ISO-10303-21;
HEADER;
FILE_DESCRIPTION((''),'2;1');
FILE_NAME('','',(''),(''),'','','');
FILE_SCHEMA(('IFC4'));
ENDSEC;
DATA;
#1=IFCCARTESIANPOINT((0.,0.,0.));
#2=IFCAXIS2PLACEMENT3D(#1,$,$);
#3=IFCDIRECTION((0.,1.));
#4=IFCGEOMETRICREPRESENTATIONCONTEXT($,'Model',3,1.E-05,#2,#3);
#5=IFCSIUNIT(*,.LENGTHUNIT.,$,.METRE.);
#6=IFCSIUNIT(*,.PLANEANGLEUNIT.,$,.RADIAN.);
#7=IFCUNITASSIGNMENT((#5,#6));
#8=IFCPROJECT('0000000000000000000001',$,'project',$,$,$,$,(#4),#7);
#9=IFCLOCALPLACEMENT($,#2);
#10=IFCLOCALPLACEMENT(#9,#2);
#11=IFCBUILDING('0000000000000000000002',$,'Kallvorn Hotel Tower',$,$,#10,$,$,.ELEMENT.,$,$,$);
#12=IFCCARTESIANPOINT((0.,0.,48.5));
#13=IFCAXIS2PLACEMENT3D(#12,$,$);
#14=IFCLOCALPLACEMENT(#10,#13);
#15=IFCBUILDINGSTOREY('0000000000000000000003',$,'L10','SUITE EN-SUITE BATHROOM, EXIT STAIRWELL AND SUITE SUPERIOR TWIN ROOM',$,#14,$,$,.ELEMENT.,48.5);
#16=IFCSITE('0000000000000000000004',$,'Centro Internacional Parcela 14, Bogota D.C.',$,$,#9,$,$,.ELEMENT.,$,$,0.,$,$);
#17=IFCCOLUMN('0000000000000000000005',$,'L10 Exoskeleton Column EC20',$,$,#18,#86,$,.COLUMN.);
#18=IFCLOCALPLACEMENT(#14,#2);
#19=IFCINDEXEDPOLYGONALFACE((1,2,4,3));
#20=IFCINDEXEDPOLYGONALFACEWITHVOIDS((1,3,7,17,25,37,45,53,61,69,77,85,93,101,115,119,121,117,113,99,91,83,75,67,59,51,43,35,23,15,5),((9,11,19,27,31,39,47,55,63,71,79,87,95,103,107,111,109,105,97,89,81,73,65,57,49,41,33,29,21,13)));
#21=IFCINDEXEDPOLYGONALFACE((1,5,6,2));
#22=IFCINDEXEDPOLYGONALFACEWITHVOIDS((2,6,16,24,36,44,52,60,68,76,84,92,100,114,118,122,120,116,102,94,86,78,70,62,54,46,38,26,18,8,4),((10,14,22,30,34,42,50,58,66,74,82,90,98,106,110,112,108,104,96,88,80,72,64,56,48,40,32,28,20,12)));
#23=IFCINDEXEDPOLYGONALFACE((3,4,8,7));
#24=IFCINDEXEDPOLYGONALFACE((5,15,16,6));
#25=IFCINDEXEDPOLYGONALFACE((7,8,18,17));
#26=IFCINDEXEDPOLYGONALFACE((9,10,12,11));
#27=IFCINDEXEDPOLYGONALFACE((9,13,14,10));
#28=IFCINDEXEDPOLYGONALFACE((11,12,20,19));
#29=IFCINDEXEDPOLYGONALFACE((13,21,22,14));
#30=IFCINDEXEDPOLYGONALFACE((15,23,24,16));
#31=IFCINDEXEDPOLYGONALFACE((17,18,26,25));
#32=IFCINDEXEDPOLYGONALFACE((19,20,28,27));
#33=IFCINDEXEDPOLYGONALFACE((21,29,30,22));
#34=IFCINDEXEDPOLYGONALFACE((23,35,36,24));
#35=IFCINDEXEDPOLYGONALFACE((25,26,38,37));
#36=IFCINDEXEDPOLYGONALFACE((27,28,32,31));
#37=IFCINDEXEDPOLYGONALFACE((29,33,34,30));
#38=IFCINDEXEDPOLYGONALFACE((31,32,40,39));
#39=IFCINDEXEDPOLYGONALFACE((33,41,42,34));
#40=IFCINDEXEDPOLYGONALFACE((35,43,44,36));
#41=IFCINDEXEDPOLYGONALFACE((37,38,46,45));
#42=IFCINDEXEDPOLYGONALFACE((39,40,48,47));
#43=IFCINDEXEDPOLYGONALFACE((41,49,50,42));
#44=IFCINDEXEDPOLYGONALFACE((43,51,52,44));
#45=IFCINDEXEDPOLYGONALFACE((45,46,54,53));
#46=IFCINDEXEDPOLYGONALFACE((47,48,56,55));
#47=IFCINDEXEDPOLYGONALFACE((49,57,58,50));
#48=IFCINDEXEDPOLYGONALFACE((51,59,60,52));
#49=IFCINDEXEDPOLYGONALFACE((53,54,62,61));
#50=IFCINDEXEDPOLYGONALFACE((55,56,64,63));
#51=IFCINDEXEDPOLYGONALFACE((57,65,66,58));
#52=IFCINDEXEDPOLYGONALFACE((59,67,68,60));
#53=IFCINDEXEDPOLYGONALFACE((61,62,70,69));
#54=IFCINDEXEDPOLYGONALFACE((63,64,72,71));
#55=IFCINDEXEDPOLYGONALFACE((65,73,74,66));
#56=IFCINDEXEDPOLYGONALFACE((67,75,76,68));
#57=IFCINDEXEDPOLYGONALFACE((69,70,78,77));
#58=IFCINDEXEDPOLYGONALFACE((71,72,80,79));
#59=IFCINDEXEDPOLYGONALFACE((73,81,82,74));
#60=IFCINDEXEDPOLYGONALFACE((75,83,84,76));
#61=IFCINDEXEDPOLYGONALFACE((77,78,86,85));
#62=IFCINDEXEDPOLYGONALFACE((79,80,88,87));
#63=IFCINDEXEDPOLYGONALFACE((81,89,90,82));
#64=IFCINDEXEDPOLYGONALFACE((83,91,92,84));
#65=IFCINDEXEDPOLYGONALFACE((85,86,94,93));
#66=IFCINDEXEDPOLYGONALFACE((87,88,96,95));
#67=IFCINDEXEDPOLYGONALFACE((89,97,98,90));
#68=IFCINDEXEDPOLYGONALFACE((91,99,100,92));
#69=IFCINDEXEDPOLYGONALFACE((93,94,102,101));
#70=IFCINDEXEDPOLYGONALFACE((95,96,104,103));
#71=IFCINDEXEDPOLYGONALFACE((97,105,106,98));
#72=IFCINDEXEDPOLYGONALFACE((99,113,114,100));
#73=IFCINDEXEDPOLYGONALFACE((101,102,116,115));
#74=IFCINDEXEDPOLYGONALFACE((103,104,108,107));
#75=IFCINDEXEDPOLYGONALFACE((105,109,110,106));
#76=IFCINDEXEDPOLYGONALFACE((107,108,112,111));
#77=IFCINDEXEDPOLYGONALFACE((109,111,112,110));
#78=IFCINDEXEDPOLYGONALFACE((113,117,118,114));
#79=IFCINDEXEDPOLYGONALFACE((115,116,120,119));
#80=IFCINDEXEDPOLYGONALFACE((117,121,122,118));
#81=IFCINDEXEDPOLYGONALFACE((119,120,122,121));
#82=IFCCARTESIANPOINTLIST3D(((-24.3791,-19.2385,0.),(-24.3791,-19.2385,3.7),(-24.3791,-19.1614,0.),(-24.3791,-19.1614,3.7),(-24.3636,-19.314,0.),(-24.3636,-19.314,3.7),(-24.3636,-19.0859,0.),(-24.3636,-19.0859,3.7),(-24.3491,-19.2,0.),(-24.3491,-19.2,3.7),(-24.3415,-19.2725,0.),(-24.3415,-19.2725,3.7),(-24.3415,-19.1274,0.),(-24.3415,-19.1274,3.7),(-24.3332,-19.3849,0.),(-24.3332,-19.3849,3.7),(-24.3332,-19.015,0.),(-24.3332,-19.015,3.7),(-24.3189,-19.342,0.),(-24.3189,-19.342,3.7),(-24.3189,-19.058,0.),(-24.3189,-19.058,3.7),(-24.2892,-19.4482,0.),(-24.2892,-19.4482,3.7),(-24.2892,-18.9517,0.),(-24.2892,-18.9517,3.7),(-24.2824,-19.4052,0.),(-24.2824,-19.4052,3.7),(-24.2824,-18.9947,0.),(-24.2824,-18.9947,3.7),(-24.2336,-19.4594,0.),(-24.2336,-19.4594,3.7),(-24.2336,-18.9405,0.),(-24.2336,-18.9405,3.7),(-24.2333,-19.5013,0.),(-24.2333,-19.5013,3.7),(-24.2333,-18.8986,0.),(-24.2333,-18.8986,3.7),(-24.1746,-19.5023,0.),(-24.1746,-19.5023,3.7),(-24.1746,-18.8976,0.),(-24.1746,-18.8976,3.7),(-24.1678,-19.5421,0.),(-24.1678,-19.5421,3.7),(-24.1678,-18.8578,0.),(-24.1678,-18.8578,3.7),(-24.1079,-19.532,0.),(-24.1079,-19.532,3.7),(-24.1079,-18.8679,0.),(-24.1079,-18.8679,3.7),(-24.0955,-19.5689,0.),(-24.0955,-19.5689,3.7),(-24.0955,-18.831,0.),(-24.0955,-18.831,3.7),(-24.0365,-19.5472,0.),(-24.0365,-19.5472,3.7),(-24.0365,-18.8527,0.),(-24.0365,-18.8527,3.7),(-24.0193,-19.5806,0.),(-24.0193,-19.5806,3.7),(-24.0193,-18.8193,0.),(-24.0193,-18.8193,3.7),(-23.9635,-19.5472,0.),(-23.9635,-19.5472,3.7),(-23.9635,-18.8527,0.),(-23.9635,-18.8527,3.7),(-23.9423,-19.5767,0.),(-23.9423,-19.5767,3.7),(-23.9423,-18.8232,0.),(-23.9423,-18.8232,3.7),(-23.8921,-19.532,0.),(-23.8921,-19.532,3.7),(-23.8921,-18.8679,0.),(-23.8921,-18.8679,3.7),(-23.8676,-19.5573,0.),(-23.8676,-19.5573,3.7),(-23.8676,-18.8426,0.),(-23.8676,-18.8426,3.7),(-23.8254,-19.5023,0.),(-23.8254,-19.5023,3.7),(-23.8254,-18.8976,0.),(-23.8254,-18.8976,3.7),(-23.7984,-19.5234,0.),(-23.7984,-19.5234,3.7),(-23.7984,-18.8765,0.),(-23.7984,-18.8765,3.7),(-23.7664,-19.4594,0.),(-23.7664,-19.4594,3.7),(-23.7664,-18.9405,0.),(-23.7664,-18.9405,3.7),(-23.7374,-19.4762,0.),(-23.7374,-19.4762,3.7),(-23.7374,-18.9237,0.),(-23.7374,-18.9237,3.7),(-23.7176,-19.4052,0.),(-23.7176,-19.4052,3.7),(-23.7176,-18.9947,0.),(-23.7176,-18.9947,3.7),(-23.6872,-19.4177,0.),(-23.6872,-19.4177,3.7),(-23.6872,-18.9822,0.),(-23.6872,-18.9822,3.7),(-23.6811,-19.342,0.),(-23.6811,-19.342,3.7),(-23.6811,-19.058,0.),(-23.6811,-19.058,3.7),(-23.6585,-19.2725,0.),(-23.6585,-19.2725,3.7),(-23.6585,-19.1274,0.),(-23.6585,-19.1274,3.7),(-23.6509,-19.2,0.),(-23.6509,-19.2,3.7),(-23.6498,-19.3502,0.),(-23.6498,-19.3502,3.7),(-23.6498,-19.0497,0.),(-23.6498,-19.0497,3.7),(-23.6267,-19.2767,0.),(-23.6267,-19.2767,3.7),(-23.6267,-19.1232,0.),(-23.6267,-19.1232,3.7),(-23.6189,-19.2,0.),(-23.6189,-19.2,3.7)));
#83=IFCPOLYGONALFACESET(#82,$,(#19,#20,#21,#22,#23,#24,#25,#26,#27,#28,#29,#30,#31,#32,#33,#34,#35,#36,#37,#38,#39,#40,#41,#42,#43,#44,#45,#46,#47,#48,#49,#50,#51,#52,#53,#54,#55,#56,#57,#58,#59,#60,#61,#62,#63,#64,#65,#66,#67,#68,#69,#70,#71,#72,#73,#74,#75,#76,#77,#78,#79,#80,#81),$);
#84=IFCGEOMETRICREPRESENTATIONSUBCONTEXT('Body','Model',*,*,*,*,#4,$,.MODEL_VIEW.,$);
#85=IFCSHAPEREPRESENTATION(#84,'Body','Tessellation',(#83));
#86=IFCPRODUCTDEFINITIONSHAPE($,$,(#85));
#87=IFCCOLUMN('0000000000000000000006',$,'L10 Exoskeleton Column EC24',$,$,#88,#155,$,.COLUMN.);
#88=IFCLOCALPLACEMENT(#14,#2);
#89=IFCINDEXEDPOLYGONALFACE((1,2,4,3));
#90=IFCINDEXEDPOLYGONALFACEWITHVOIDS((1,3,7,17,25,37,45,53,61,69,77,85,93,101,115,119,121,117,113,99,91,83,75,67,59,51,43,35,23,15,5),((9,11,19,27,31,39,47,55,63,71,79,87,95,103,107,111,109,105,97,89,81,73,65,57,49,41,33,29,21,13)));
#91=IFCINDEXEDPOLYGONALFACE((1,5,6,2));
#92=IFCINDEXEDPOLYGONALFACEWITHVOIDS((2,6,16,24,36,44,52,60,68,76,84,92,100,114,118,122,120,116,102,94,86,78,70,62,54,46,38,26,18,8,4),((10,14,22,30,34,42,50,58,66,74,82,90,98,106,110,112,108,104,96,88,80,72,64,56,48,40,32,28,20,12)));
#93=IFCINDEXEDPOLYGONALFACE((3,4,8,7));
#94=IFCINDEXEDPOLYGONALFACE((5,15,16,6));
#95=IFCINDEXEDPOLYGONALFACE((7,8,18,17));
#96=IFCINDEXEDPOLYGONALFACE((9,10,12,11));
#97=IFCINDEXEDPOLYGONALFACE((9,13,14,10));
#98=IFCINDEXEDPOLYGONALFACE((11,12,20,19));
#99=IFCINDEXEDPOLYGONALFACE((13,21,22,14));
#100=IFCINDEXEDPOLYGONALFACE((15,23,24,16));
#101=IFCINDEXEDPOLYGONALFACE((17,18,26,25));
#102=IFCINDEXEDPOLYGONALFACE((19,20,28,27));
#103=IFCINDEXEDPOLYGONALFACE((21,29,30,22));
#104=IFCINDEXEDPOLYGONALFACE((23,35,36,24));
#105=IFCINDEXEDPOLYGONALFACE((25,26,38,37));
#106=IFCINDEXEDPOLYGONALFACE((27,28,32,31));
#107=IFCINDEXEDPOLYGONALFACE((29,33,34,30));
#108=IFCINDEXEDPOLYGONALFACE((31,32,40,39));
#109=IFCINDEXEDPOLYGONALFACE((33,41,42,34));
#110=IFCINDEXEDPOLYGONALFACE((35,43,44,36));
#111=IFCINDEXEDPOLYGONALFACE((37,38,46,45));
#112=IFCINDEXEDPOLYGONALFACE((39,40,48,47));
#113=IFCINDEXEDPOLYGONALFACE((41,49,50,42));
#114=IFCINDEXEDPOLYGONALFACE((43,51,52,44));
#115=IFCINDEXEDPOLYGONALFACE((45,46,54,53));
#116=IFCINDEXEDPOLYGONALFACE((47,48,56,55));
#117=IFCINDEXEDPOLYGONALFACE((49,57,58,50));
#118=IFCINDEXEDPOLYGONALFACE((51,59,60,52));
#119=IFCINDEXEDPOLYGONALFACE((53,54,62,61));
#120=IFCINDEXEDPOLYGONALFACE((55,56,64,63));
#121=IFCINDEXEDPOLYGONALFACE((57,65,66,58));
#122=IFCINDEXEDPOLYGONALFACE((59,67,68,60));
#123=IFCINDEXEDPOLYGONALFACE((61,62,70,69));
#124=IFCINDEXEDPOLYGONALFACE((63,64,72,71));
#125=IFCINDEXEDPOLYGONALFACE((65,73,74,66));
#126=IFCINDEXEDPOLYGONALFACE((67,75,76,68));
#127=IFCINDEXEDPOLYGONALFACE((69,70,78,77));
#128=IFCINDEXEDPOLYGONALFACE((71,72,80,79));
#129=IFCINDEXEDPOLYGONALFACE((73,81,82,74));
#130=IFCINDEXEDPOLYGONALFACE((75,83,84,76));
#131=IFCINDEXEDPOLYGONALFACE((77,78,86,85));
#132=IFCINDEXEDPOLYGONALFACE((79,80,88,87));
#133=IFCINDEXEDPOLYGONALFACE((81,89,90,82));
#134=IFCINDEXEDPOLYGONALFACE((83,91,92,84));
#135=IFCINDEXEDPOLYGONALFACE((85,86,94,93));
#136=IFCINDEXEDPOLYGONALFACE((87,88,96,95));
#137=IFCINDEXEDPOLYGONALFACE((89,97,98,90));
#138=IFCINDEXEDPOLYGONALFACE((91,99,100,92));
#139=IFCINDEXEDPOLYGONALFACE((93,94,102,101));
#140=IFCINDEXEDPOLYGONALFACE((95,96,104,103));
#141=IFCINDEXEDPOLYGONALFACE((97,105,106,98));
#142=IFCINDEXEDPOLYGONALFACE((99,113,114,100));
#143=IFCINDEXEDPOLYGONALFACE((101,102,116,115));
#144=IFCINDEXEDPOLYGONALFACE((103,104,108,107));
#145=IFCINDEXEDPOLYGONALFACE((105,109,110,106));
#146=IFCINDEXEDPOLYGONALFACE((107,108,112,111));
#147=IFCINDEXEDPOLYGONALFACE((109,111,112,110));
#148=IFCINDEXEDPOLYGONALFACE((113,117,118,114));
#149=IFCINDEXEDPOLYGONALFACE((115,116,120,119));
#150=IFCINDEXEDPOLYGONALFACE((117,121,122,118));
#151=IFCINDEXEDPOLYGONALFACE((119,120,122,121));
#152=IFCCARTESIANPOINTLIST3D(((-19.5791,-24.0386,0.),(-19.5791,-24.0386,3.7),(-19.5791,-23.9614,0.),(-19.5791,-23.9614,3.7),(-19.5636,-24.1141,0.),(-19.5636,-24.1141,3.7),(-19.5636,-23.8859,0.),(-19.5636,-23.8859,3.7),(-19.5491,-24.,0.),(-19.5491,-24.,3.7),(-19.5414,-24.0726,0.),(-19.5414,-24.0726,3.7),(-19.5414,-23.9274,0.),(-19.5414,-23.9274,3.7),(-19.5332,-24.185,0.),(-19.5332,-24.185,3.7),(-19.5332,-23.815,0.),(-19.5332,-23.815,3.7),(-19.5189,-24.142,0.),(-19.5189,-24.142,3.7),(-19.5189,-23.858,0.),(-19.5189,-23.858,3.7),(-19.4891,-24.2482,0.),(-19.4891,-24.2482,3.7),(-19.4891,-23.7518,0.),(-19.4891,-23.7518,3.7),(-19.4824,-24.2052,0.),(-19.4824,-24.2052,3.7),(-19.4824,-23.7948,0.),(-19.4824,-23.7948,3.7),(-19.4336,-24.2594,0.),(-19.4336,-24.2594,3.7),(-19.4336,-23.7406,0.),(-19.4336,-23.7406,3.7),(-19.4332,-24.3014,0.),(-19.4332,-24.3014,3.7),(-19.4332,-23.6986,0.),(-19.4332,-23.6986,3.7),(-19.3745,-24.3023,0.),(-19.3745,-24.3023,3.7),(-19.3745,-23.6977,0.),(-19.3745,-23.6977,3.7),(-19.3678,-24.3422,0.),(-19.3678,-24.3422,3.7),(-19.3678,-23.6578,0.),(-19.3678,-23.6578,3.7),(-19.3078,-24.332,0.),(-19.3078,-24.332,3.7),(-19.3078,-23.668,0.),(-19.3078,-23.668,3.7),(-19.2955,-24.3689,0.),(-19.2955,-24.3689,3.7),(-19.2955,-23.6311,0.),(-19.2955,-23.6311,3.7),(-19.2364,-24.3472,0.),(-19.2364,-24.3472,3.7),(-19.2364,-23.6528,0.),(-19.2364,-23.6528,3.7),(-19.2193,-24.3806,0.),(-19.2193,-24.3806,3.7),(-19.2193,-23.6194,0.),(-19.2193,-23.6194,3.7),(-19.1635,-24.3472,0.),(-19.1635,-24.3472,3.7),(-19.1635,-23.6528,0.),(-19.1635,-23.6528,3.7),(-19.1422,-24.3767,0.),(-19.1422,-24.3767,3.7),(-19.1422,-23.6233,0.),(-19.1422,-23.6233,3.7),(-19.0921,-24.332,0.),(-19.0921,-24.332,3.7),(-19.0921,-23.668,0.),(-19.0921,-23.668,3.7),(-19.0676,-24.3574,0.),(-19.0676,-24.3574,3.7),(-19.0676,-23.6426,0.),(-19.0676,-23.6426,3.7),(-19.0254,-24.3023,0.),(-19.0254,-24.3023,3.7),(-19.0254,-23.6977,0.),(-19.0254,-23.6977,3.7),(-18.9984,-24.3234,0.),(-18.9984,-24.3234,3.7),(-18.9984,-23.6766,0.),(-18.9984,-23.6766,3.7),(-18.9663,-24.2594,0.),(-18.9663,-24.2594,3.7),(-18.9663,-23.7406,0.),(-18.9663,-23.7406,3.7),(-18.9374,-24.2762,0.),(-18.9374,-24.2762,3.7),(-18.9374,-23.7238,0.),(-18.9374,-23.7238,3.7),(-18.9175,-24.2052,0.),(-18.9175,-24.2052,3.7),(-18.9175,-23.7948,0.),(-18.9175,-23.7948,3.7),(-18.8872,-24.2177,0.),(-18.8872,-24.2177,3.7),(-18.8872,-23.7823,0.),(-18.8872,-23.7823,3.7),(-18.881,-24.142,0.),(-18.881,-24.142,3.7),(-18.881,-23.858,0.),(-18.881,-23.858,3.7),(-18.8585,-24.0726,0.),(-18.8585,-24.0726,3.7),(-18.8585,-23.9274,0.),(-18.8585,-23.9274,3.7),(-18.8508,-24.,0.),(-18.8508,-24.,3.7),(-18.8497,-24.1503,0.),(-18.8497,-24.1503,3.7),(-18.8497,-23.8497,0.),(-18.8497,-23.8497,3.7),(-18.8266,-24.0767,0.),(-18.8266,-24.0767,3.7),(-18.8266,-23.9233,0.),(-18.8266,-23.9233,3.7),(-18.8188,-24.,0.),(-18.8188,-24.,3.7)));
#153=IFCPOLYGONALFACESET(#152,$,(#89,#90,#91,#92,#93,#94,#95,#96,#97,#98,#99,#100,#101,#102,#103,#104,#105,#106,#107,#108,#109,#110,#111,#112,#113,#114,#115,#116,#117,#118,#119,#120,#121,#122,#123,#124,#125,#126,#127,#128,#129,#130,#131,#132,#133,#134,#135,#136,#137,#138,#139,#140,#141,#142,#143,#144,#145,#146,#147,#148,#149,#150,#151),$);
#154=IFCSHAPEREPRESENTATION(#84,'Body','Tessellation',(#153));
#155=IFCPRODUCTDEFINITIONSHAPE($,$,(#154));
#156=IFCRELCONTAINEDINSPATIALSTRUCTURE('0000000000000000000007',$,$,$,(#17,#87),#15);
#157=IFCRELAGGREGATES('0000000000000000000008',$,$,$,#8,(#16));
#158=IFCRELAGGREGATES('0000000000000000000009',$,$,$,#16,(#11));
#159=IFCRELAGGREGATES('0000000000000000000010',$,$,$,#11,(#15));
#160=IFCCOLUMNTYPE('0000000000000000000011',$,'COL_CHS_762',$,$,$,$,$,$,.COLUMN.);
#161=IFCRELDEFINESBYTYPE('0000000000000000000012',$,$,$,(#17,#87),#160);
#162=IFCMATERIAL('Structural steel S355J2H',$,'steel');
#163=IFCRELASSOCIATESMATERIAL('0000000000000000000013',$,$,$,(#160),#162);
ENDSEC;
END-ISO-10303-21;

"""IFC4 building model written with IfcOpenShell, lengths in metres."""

from ifc_helpers import new_model, si_unit, direction, frame, origin, origin_2d, place, context, subcontext, project, spatial, hollow_circle, extrude, material, material_profile, profile_set, type_object, element, save


model = new_model("IFC4")

# Units and contexts
model_context = context("Model", 3, precision=1e-05, world=origin(), true_north=direction((0.0, 1.0)))
body_context = subcontext(model_context, "Body", "Model", "MODEL_VIEW")
ifc_project = project(units=[si_unit("LENGTHUNIT", "METRE"), si_unit("PLANEANGLEUNIT", "RADIAN")], contexts=[model_context])

# Site, building, storey
site_placement = place(None, origin())
site = spatial("IfcSite", under=ifc_project, at=site_placement, Name="Centro Internacional Parcela 14, Bogota D.C.", CompositionType="ELEMENT", RefElevation=0.0)
building_placement = place(site_placement, origin())
building = spatial("IfcBuilding", under=site, at=building_placement, Name="Kallvorn Hotel Tower", CompositionType="ELEMENT")
storey_placement = place(building_placement, frame((0.0, 0.0, 48.5)))
storey = spatial("IfcBuildingStorey", under=building, at=storey_placement, Name="L10", Description="SUITE EN-SUITE BATHROOM, EXIT STAIRWELL AND SUITE SUPERIOR TWIN ROOM", CompositionType="ELEMENT", Elevation=48.5)

# Columns
ifc_material_1 = material(Name="Structural steel S355J2H", Category="steel")
ifc_material_profile_1 = material_profile(ifc_material_1, hollow_circle(Radius=0.3811, WallThickness=0.032, at=origin_2d()), Name="CHS 762x32")
ifc_profile_set_1 = profile_set([ifc_material_profile_1], Name="Structural steel S355J2H")
column_type = type_object("IfcColumnType", Name="COL_CHS_762", PredefinedType="COLUMN", material=ifc_profile_set_1)
for number, where, z_axis, x_axis, name in (
    (1, (-24.0, -19.2, 0.0), (0.0, 0.0, 1.0), (1.0, 0.0, 0.0), "L10 Exoskeleton Column EC20"),
    (2, (-19.2, -24.0, 0.0), (0.0, 0.0, 1.0), (1.0, 0.0, 0.0), "L10 Exoskeleton Column EC24"),
):
    element("IfcColumn", number, at=place(storey_placement, frame(where, z_axis=z_axis, x_axis=x_axis)), inside=storey, type_object=column_type, Name=name, PredefinedType="COLUMN", context=body_context, shape_type="SweptSolid", body=[
        extrude(hollow_circle(Radius=0.3811, WallThickness=0.032, at=origin_2d()), origin(), (0.0, 0.0, 1.0), 3.7),
    ])

save(model, "model.ifc")
